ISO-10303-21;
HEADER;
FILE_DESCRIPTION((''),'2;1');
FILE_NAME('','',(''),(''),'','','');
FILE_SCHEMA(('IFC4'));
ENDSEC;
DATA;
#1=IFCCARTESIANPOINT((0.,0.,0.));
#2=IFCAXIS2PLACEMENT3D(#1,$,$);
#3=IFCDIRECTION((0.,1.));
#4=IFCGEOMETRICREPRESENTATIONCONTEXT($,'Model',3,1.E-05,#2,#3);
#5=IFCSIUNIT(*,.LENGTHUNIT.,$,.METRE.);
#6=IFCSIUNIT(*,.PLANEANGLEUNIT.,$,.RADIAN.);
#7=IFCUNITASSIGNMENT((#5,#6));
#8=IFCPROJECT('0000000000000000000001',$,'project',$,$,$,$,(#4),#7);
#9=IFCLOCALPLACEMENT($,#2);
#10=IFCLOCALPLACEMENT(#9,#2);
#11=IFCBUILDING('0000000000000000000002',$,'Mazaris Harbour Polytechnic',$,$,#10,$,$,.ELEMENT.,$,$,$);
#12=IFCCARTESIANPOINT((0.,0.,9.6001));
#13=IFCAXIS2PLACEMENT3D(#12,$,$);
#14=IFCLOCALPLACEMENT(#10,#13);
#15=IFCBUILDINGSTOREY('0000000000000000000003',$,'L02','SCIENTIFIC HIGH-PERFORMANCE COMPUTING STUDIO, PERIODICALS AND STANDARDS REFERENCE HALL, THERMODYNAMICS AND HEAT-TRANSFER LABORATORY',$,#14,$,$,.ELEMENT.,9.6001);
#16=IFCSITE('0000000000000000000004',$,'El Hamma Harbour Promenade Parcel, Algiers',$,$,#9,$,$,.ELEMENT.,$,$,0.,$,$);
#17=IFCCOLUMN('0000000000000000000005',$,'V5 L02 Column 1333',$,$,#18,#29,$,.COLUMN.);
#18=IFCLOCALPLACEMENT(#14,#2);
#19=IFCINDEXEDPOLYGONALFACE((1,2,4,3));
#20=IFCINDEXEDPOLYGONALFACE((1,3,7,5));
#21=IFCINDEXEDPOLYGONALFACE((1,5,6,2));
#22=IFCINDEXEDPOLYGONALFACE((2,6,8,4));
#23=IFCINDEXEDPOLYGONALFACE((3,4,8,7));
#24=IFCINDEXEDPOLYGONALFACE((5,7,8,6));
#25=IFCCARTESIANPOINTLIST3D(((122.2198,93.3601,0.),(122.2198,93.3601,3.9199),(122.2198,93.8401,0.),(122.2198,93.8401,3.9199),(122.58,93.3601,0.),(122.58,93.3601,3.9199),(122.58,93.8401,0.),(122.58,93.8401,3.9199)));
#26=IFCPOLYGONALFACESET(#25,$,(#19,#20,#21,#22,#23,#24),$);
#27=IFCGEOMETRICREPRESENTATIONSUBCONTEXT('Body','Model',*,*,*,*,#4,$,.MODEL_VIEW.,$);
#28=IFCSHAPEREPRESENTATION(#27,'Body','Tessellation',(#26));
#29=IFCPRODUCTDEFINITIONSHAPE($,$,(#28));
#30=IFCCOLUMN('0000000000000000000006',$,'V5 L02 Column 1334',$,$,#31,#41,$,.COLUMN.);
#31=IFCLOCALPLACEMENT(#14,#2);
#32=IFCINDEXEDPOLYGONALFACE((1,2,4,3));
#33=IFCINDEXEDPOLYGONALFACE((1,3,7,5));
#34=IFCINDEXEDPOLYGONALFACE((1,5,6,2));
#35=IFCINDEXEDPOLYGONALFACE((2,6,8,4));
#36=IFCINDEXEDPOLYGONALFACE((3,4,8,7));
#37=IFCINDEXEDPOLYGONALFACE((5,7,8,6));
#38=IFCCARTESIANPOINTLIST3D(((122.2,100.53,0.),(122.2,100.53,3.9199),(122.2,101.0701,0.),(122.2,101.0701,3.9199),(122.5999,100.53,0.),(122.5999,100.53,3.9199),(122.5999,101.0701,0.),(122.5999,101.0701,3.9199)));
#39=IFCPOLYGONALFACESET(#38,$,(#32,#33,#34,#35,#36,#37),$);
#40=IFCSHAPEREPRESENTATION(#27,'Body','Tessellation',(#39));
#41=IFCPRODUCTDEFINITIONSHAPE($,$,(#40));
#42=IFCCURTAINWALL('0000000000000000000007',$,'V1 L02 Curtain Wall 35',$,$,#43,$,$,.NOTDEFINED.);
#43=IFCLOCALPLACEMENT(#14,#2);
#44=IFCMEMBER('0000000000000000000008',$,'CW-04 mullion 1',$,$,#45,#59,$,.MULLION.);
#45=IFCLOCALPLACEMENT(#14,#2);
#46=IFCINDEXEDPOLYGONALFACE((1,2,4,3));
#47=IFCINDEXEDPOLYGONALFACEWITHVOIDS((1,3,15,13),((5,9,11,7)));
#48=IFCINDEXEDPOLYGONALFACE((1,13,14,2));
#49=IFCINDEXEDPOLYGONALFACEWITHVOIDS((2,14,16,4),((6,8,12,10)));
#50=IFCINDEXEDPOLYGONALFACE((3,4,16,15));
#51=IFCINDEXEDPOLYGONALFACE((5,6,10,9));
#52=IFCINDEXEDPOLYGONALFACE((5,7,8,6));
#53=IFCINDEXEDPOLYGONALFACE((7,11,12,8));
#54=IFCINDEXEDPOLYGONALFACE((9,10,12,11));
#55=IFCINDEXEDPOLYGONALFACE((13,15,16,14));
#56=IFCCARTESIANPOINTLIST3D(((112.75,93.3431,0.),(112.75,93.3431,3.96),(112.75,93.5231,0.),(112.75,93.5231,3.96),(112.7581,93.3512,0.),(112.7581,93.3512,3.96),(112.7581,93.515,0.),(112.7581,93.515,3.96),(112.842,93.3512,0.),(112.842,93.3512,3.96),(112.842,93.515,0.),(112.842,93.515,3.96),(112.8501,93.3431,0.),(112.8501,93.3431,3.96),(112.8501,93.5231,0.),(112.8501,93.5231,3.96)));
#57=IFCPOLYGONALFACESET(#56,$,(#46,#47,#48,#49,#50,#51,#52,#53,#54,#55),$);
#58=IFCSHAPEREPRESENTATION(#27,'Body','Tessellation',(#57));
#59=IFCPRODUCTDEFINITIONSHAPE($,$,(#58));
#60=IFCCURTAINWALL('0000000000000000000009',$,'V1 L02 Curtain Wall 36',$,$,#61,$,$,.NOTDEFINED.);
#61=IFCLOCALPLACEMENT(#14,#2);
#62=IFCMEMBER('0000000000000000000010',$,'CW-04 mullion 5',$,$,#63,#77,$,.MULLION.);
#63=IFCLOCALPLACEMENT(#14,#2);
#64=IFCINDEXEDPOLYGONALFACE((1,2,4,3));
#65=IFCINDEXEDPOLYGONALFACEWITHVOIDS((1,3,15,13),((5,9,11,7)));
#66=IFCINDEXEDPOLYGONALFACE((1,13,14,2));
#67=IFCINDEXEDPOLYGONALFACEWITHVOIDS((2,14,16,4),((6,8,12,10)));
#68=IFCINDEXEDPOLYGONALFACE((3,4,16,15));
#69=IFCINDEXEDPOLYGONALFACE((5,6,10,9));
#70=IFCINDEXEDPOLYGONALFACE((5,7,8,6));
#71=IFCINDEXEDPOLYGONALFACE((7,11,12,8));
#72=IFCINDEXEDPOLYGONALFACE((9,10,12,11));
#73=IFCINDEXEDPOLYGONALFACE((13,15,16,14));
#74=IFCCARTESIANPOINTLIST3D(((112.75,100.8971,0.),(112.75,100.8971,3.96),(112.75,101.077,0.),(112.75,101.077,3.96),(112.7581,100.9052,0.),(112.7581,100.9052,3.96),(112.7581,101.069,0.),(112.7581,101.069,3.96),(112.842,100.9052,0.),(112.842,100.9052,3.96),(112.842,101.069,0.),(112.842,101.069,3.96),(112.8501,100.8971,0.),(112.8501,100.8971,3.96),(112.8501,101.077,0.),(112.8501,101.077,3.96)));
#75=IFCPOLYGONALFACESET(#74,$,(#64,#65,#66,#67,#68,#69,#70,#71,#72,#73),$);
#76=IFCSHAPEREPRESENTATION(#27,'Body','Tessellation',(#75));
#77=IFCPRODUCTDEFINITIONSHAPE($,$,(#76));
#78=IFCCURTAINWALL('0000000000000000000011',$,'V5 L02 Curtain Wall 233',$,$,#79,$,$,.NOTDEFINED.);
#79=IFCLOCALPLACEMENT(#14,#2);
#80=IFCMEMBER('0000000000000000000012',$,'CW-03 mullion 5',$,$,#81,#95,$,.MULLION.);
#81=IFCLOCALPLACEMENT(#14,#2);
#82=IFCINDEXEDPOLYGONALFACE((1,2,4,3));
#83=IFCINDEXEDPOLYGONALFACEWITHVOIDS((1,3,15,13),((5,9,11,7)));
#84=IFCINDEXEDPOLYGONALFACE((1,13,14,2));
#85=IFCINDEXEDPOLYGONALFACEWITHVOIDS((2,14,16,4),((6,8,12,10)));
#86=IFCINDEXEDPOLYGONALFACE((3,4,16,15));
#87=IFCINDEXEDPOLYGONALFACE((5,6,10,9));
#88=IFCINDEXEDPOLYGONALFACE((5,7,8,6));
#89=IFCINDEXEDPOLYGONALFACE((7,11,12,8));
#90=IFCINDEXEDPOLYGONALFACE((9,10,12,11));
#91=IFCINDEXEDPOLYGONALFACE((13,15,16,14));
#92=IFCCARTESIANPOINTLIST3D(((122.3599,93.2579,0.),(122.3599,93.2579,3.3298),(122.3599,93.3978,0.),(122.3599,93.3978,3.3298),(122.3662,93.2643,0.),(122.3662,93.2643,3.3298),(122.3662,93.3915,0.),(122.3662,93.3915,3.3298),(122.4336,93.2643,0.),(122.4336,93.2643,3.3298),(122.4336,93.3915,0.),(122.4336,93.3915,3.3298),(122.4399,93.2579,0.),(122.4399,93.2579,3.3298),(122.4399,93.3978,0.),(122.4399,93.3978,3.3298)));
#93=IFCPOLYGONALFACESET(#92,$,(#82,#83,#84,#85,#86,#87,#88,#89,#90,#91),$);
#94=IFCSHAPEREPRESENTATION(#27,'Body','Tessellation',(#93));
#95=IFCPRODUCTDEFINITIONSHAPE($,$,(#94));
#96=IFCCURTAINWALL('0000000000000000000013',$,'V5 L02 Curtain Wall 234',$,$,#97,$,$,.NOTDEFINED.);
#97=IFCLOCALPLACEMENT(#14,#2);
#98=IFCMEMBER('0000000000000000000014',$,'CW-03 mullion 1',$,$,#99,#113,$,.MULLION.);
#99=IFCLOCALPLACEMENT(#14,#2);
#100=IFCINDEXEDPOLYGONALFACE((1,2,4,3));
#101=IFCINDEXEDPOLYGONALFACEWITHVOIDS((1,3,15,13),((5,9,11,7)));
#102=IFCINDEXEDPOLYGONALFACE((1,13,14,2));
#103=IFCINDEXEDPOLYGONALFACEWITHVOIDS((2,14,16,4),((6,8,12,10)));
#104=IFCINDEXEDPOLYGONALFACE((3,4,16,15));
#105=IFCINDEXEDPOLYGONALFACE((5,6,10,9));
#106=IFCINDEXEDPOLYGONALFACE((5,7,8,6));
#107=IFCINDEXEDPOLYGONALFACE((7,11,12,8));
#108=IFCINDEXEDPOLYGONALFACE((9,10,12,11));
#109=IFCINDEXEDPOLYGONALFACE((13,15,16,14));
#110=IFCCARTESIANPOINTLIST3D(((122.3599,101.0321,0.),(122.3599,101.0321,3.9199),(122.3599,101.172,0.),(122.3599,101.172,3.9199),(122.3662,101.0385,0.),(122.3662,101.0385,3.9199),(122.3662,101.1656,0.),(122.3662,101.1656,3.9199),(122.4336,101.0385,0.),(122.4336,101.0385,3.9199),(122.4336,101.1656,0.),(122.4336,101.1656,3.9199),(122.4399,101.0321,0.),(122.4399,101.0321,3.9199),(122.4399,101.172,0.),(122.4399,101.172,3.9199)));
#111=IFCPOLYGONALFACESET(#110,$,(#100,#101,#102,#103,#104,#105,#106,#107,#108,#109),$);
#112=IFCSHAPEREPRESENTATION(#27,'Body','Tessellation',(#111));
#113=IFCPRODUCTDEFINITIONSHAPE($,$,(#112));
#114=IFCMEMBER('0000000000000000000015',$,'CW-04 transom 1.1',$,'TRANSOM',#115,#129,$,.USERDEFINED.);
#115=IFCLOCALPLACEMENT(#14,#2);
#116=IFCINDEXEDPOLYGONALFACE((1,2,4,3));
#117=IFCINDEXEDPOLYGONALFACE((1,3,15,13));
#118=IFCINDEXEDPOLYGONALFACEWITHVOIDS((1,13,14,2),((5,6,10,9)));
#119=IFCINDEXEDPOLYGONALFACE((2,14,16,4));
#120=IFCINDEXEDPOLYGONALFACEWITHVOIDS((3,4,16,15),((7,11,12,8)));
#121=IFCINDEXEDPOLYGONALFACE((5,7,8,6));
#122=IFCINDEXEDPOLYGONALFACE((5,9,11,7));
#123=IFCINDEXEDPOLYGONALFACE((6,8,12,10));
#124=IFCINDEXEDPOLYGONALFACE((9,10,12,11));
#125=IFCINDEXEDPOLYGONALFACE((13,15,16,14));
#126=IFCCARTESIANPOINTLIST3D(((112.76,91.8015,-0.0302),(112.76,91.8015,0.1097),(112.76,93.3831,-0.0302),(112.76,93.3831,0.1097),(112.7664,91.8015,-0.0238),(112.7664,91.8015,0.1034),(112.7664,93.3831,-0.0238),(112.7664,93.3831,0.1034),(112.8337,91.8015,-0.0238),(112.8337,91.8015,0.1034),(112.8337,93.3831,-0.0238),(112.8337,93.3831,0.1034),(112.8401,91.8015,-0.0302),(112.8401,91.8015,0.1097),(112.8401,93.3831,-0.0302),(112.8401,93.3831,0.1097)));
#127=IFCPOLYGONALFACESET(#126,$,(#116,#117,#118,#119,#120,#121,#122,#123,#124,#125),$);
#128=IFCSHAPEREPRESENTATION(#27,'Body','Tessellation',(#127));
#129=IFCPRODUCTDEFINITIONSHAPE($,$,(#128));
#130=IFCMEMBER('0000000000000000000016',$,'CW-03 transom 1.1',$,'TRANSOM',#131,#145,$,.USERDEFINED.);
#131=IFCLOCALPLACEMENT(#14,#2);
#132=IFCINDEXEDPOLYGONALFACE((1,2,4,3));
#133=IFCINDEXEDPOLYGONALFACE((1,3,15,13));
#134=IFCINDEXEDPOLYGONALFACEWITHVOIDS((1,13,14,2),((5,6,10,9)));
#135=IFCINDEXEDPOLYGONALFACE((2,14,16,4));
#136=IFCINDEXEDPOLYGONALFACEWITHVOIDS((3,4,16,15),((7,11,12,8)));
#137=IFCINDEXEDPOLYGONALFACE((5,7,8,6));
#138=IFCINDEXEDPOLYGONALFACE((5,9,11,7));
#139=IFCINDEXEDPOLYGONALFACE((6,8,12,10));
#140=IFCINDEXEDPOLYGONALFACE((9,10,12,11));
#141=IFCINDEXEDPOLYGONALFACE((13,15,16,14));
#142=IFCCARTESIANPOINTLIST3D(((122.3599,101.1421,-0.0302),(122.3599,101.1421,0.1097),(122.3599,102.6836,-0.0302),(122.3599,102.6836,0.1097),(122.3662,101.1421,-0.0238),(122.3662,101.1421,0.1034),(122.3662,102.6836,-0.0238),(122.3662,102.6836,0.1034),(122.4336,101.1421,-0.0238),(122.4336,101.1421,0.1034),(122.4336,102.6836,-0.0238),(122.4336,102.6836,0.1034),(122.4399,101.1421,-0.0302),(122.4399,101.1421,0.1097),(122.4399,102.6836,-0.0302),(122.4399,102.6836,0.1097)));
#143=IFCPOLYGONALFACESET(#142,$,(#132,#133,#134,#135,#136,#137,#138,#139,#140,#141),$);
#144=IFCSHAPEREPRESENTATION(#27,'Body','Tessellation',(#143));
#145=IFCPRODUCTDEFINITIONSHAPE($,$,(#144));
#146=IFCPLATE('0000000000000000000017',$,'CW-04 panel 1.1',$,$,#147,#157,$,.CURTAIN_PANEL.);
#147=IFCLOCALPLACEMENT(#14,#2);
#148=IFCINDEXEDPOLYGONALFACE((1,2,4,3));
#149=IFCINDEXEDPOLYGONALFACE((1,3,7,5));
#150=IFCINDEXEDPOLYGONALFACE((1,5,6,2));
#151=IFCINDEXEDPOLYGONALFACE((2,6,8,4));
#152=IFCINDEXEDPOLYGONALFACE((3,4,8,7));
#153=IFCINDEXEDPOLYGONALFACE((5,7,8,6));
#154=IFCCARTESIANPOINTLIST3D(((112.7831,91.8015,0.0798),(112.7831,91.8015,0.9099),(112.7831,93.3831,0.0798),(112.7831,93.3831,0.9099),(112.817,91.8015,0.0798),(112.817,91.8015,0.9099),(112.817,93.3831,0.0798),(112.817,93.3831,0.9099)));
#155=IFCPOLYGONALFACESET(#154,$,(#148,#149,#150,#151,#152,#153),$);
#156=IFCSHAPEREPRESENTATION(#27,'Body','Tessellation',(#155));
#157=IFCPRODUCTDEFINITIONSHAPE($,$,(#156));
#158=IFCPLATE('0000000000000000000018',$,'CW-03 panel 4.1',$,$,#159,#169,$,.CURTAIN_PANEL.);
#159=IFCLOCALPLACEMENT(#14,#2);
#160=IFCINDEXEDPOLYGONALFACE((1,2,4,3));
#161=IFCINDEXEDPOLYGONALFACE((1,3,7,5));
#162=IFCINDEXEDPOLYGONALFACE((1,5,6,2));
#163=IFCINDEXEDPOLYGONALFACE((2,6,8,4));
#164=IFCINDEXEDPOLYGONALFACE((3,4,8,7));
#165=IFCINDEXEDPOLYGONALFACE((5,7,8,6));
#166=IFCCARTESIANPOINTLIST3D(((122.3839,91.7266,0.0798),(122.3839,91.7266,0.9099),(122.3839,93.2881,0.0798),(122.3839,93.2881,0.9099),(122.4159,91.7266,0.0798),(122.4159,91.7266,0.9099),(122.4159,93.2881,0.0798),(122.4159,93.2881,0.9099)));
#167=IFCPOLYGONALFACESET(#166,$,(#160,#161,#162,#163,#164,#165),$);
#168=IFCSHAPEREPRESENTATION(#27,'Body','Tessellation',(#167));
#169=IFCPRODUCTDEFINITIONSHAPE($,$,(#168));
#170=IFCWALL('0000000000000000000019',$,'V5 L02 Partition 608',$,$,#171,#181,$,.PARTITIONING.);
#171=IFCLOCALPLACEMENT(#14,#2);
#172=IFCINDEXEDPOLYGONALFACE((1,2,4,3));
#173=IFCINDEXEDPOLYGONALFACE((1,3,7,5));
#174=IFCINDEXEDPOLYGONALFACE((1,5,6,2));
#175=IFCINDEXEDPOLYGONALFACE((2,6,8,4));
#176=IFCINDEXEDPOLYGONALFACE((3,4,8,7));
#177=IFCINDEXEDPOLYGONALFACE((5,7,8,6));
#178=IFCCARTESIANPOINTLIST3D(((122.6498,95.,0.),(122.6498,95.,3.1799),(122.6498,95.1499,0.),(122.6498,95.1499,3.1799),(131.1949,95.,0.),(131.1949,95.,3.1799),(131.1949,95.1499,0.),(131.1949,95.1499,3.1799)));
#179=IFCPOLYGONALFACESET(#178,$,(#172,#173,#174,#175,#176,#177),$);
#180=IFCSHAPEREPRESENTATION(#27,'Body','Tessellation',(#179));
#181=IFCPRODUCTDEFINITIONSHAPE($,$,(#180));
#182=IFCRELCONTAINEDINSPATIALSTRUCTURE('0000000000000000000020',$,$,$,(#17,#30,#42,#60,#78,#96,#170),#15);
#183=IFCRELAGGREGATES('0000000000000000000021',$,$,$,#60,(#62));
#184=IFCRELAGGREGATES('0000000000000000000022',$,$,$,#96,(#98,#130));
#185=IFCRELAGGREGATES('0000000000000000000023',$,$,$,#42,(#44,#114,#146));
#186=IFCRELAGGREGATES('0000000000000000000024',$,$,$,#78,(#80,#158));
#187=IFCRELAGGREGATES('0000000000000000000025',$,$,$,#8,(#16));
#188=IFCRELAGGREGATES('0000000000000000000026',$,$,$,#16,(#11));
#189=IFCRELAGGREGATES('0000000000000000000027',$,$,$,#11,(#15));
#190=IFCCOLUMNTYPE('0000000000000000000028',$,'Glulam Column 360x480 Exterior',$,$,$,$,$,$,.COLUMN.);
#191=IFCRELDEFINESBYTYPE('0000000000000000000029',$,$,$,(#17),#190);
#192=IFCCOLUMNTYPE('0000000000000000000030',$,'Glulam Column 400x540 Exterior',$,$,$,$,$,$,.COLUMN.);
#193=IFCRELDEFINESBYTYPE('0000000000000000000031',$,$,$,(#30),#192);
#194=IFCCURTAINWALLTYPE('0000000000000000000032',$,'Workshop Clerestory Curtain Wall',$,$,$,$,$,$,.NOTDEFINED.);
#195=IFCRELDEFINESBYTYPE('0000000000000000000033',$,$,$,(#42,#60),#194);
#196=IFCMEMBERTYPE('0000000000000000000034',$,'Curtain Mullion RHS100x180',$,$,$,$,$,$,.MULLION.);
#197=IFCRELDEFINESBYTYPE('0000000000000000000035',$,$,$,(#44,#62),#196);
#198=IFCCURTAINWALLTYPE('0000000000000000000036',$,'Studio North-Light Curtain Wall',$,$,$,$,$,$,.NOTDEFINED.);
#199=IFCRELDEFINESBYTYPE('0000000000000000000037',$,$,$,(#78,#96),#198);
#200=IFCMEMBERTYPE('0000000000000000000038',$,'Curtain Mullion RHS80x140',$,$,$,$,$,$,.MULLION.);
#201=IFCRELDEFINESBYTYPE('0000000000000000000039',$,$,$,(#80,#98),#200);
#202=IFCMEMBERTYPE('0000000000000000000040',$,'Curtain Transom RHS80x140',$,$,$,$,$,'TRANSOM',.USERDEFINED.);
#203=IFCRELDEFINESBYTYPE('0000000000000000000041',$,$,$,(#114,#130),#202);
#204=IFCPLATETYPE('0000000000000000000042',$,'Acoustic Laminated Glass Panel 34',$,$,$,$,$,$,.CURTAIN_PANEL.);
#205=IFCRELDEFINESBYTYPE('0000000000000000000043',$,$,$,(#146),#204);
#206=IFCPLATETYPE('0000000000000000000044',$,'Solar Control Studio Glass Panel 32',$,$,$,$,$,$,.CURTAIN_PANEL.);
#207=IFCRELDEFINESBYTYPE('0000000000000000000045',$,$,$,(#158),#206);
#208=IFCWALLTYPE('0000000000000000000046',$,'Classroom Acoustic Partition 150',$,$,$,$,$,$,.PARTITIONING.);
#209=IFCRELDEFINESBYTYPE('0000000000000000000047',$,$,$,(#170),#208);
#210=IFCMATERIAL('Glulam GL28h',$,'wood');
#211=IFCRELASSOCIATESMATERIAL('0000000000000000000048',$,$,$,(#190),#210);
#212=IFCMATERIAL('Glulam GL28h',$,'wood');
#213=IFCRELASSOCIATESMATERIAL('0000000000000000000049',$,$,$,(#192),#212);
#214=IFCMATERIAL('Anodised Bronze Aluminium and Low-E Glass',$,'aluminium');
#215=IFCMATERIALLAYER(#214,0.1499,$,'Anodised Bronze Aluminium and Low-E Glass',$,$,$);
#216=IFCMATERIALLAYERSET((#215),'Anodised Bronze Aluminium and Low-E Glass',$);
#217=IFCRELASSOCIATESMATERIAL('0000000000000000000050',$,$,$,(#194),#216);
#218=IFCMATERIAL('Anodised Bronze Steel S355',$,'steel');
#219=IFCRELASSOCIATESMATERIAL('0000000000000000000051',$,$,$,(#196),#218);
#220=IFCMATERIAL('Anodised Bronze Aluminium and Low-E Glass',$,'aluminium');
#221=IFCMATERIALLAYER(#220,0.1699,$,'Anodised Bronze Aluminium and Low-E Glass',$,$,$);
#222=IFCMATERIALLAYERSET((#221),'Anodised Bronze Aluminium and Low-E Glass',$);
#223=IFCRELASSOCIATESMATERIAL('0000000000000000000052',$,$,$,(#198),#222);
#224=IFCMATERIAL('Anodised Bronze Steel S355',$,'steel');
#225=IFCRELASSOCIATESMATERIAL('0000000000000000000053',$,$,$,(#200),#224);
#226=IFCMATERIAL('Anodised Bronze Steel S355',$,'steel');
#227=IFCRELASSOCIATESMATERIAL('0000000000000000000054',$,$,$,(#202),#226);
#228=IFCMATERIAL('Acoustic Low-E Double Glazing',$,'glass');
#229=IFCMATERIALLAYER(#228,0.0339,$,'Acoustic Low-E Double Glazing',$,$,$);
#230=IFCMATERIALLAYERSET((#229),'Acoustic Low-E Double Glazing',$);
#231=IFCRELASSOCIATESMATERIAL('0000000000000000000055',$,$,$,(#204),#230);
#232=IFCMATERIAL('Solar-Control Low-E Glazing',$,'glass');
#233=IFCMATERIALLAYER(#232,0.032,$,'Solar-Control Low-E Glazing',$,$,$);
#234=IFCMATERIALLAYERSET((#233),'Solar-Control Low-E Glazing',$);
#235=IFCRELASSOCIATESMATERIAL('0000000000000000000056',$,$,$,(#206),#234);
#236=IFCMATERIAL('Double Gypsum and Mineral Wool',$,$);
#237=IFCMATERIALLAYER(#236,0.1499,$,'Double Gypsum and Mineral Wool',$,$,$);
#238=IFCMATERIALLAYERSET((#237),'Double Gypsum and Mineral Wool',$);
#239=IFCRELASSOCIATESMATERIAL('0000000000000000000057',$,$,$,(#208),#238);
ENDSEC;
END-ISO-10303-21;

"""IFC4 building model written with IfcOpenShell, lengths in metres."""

from ifc_helpers import new_model, si_unit, direction, frame, frame_2d, origin, origin_2d, place, context, subcontext, project, spatial, rectangle, hollow_rectangle, extrude, material, layer, layer_set, material_profile, profile_set, type_object, element, aggregate, save


model = new_model("IFC4")

# Units and contexts
model_context = context("Model", 3, precision=1e-05, world=origin(), true_north=direction((0.0, 1.0)))
body_context = subcontext(model_context, "Body", "Model", "MODEL_VIEW")
ifc_project = project(units=[si_unit("LENGTHUNIT", "METRE"), si_unit("PLANEANGLEUNIT", "RADIAN")], contexts=[model_context])

# Site, building, storey
site_placement = place(None, origin())
site = spatial("IfcSite", under=ifc_project, at=site_placement, Name="El Hamma Harbour Promenade Parcel, Algiers", CompositionType="ELEMENT", RefElevation=0.0)
building_placement = place(site_placement, origin())
building = spatial("IfcBuilding", under=site, at=building_placement, Name="Mazaris Harbour Polytechnic", CompositionType="ELEMENT")
storey_placement = place(building_placement, frame((0.0, 0.0, 9.6001)))
storey = spatial("IfcBuildingStorey", under=building, at=storey_placement, Name="L02", Description="SCIENTIFIC HIGH-PERFORMANCE COMPUTING STUDIO, PERIODICALS AND STANDARDS REFERENCE HALL, THERMODYNAMICS AND HEAT-TRANSFER LABORATORY", CompositionType="ELEMENT", Elevation=9.6001)

# Columns
ifc_material_1 = material(Name="Glulam GL28h", Category="wood")
ifc_material_profile_1 = material_profile(ifc_material_1, rectangle(XDim=0.3601, YDim=0.48, at=origin_2d()), Name="RECT360x480")
ifc_profile_set_1 = profile_set([ifc_material_profile_1], Name="Glulam GL28h")
column_type_1 = type_object("IfcColumnType", Name="Glulam Column 360x480 Exterior", PredefinedType="COLUMN", material=ifc_profile_set_1)
column_1_placement = place(storey_placement, frame((122.3999, 93.6001, 0.0), z_axis=(0.0, 0.0, 1.0), x_axis=(1.0, 0.0, 0.0)))
element("IfcColumn", 1, at=column_1_placement, inside=storey, type_object=column_type_1, Name="V5 L02 Column 1333", PredefinedType="COLUMN", context=body_context, shape_type="SweptSolid", body=[
    extrude(rectangle(XDim=0.3601, YDim=0.48, at=origin_2d()), origin(), (0.0, 0.0, 1.0), 3.9199),
])
ifc_material_2 = material(Name="Glulam GL28h", Category="wood")
ifc_material_profile_2 = material_profile(ifc_material_2, rectangle(XDim=0.3999, YDim=0.54, at=origin_2d()), Name="RECT400x540")
ifc_profile_set_2 = profile_set([ifc_material_profile_2], Name="Glulam GL28h")
column_type_2 = type_object("IfcColumnType", Name="Glulam Column 400x540 Exterior", PredefinedType="COLUMN", material=ifc_profile_set_2)
column_2_placement = place(storey_placement, frame((122.3999, 100.8, 0.0), z_axis=(0.0, 0.0, 1.0), x_axis=(1.0, 0.0, 0.0)))
element("IfcColumn", 2, at=column_2_placement, inside=storey, type_object=column_type_2, Name="V5 L02 Column 1334", PredefinedType="COLUMN", context=body_context, shape_type="SweptSolid", body=[
    extrude(rectangle(XDim=0.3999, YDim=0.54, at=origin_2d()), origin(), (0.0, 0.0, 1.0), 3.9199),
])

# Curtain walls, members
ifc_material_3 = material(Name="Anodised Bronze Aluminium and Low-E Glass", Category="aluminium")
ifc_layer_1 = layer(ifc_material_3, 0.1499, Name="Anodised Bronze Aluminium and Low-E Glass")
ifc_layer_set_1 = layer_set([ifc_layer_1], Name="Anodised Bronze Aluminium and Low-E Glass")
curtain_wall_type_1 = type_object("IfcCurtainWallType", Name="Workshop Clerestory Curtain Wall", PredefinedType="NOTDEFINED", material=ifc_layer_set_1)
curtain_wall_1_placement = place(storey_placement, origin())
curtain_wall_1 = element("IfcCurtainWall", 3, at=curtain_wall_1_placement, inside=storey, type_object=curtain_wall_type_1, Name="V1 L02 Curtain Wall 35", PredefinedType="NOTDEFINED")
ifc_material_4 = material(Name="Anodised Bronze Steel S355", Category="steel")
ifc_material_profile_3 = material_profile(ifc_material_4, hollow_rectangle(XDim=0.1001, YDim=0.1799, WallThickness=0.0081, at=origin_2d()), Name="RHS 100x180x8.0")
ifc_profile_set_3 = profile_set([ifc_material_profile_3], Name="Anodised Bronze Steel S355")
member_type_1 = type_object("IfcMemberType", Name="Curtain Mullion RHS100x180", PredefinedType="MULLION", material=ifc_profile_set_3)
member_1_placement = place(storey_placement, frame((112.8, 93.4331, 0.0), z_axis=(0.0, 0.0, 1.0), x_axis=(1.0, 0.0, 0.0)))
member_1 = element("IfcMember", 4, at=member_1_placement, type_object=member_type_1, Name="CW-04 mullion 1", PredefinedType="MULLION", context=body_context, shape_type="SweptSolid", body=[
    extrude(hollow_rectangle(XDim=0.1001, YDim=0.1799, WallThickness=0.0081, at=origin_2d()), origin(), (0.0, 0.0, 1.0), 3.96),
])
curtain_wall_2_placement = place(storey_placement, origin())
curtain_wall_2 = element("IfcCurtainWall", 5, at=curtain_wall_2_placement, inside=storey, type_object=curtain_wall_type_1, Name="V1 L02 Curtain Wall 36", PredefinedType="NOTDEFINED")
member_2_placement = place(storey_placement, frame((112.8, 100.9871, 0.0), z_axis=(0.0, 0.0, 1.0), x_axis=(1.0, 0.0, 0.0)))
member_2 = element("IfcMember", 6, at=member_2_placement, type_object=member_type_1, Name="CW-04 mullion 5", PredefinedType="MULLION", context=body_context, shape_type="SweptSolid", body=[
    extrude(hollow_rectangle(XDim=0.1001, YDim=0.1799, WallThickness=0.0081, at=origin_2d()), origin(), (0.0, 0.0, 1.0), 3.96),
])
aggregate(curtain_wall_2, [member_2])
ifc_material_5 = material(Name="Anodised Bronze Aluminium and Low-E Glass", Category="aluminium")
ifc_layer_2 = layer(ifc_material_5, 0.1699, Name="Anodised Bronze Aluminium and Low-E Glass")
ifc_layer_set_2 = layer_set([ifc_layer_2], Name="Anodised Bronze Aluminium and Low-E Glass")
curtain_wall_type_2 = type_object("IfcCurtainWallType", Name="Studio North-Light Curtain Wall", PredefinedType="NOTDEFINED", material=ifc_layer_set_2)
curtain_wall_3_placement = place(storey_placement, origin())
curtain_wall_3 = element("IfcCurtainWall", 7, at=curtain_wall_3_placement, inside=storey, type_object=curtain_wall_type_2, Name="V5 L02 Curtain Wall 233", PredefinedType="NOTDEFINED")
ifc_material_6 = material(Name="Anodised Bronze Steel S355", Category="steel")
ifc_material_profile_4 = material_profile(ifc_material_6, hollow_rectangle(XDim=0.0801, YDim=0.1399, WallThickness=0.0063, at=origin_2d()), Name="RHS 80x140x6.3")
ifc_profile_set_4 = profile_set([ifc_material_profile_4], Name="Anodised Bronze Steel S355")
member_type_2 = type_object("IfcMemberType", Name="Curtain Mullion RHS80x140", PredefinedType="MULLION", material=ifc_profile_set_4)
member_3_placement = place(storey_placement, frame((122.3999, 93.3279, 0.0), z_axis=(0.0, 0.0, 1.0), x_axis=(-1.0, 0.0, 0.0)))
member_3 = element("IfcMember", 8, at=member_3_placement, type_object=member_type_2, Name="CW-03 mullion 5", PredefinedType="MULLION", context=body_context, shape_type="SweptSolid", body=[
    extrude(hollow_rectangle(XDim=0.0801, YDim=0.1399, WallThickness=0.0063, at=origin_2d()), origin(), (0.0, 0.0, 1.0), 3.3298),
])
curtain_wall_4_placement = place(storey_placement, origin())
curtain_wall_4 = element("IfcCurtainWall", 9, at=curtain_wall_4_placement, inside=storey, type_object=curtain_wall_type_2, Name="V5 L02 Curtain Wall 234", PredefinedType="NOTDEFINED")
member_4_placement = place(storey_placement, frame((122.3999, 101.1021, 0.0), z_axis=(0.0, 0.0, 1.0), x_axis=(-1.0, 0.0, 0.0)))
member_4 = element("IfcMember", 10, at=member_4_placement, type_object=member_type_2, Name="CW-03 mullion 1", PredefinedType="MULLION", context=body_context, shape_type="SweptSolid", body=[
    extrude(hollow_rectangle(XDim=0.0801, YDim=0.1399, WallThickness=0.0063, at=origin_2d()), origin(), (0.0, 0.0, 1.0), 3.9199),
])

# Members
ifc_material_7 = material(Name="Anodised Bronze Steel S355", Category="steel")
ifc_material_profile_5 = material_profile(ifc_material_7, hollow_rectangle(XDim=0.0801, YDim=0.1399, WallThickness=0.0063, at=origin_2d()), Name="RHS 80x140x6.3")
ifc_profile_set_5 = profile_set([ifc_material_profile_5], Name="Anodised Bronze Steel S355")
member_type_3 = type_object("IfcMemberType", Name="Curtain Transom RHS80x140", ElementType="TRANSOM", PredefinedType="USERDEFINED", material=ifc_profile_set_5)
member_5_placement = place(storey_placement, frame((112.8, 93.3831, 0.0398), z_axis=(0.0, -1.0, 0.0), x_axis=(1.0, 0.0, 0.0)))
member_5 = element("IfcMember", 11, at=member_5_placement, type_object=member_type_3, Name="CW-04 transom 1.1", ObjectType="TRANSOM", PredefinedType="USERDEFINED", context=body_context, shape_type="SweptSolid", body=[
    extrude(hollow_rectangle(XDim=0.0801, YDim=0.1399, WallThickness=0.0063, at=origin_2d()), origin(), (0.0, 0.0, 1.0), 1.5815),
])
member_6_placement = place(storey_placement, frame((122.3999, 101.1421, 0.0398), z_axis=(0.0, 1.0, 0.0), x_axis=(-1.0, 0.0, 0.0)))
member_6 = element("IfcMember", 12, at=member_6_placement, type_object=member_type_3, Name="CW-03 transom 1.1", ObjectType="TRANSOM", PredefinedType="USERDEFINED", context=body_context, shape_type="SweptSolid", body=[
    extrude(hollow_rectangle(XDim=0.0801, YDim=0.1399, WallThickness=0.0063, at=origin_2d()), origin(), (0.0, 0.0, 1.0), 1.5415),
])
aggregate(curtain_wall_4, [member_4, member_6])

# Plates
ifc_material_8 = material(Name="Acoustic Low-E Double Glazing", Category="glass")
ifc_layer_3 = layer(ifc_material_8, 0.0339, Name="Acoustic Low-E Double Glazing")
ifc_layer_set_3 = layer_set([ifc_layer_3], Name="Acoustic Low-E Double Glazing")
plate_type_1 = type_object("IfcPlateType", Name="Acoustic Laminated Glass Panel 34", PredefinedType="CURTAIN_PANEL", material=ifc_layer_set_3)
plate_1_placement = place(storey_placement, frame((112.8, 92.5923, 0.0798), z_axis=(0.0, 0.0, 1.0), x_axis=(0.0, -1.0, 0.0)))
plate_1 = element("IfcPlate", 13, at=plate_1_placement, type_object=plate_type_1, Name="CW-04 panel 1.1", PredefinedType="CURTAIN_PANEL", context=body_context, shape_type="SweptSolid", body=[
    extrude(rectangle(XDim=1.5815, YDim=0.0339, at=origin_2d()), origin(), (0.0, 0.0, 1.0), 0.8301),
])
aggregate(curtain_wall_1, [member_1, member_5, plate_1])
ifc_material_9 = material(Name="Solar-Control Low-E Glazing", Category="glass")
ifc_layer_4 = layer(ifc_material_9, 0.032, Name="Solar-Control Low-E Glazing")
ifc_layer_set_4 = layer_set([ifc_layer_4], Name="Solar-Control Low-E Glazing")
plate_type_2 = type_object("IfcPlateType", Name="Solar Control Studio Glass Panel 32", PredefinedType="CURTAIN_PANEL", material=ifc_layer_set_4)
plate_2_placement = place(storey_placement, frame((122.3999, 92.5073, 0.0798), z_axis=(0.0, 0.0, 1.0), x_axis=(0.0, 1.0, 0.0)))
plate_2 = element("IfcPlate", 14, at=plate_2_placement, type_object=plate_type_2, Name="CW-03 panel 4.1", PredefinedType="CURTAIN_PANEL", context=body_context, shape_type="SweptSolid", body=[
    extrude(rectangle(XDim=1.5615, YDim=0.032, at=origin_2d()), origin(), (0.0, 0.0, 1.0), 0.8301),
])
aggregate(curtain_wall_3, [member_3, plate_2])

# Wall
ifc_material_10 = material(Name="Double Gypsum and Mineral Wool")
ifc_layer_5 = layer(ifc_material_10, 0.1499, Name="Double Gypsum and Mineral Wool")
ifc_layer_set_5 = layer_set([ifc_layer_5], Name="Double Gypsum and Mineral Wool")
wall_type_1 = type_object("IfcWallType", Name="Classroom Acoustic Partition 150", PredefinedType="PARTITIONING", material=ifc_layer_set_5)
wall_1_placement = place(storey_placement, frame((122.6499, 95.075, 0.0), z_axis=(0.0, 0.0, 1.0), x_axis=(1.0, 0.0, 0.0)))
element("IfcWall", 15, at=wall_1_placement, inside=storey, type_object=wall_type_1, Name="V5 L02 Partition 608", PredefinedType="PARTITIONING", context=body_context, shape_type="SweptSolid", body=[
    extrude(rectangle(XDim=8.5452, YDim=0.1499, at=frame_2d((4.2725, 0.0))), origin(), (0.0, 0.0, 1.0), 3.1799),
])

save(model, "model.ifc")
